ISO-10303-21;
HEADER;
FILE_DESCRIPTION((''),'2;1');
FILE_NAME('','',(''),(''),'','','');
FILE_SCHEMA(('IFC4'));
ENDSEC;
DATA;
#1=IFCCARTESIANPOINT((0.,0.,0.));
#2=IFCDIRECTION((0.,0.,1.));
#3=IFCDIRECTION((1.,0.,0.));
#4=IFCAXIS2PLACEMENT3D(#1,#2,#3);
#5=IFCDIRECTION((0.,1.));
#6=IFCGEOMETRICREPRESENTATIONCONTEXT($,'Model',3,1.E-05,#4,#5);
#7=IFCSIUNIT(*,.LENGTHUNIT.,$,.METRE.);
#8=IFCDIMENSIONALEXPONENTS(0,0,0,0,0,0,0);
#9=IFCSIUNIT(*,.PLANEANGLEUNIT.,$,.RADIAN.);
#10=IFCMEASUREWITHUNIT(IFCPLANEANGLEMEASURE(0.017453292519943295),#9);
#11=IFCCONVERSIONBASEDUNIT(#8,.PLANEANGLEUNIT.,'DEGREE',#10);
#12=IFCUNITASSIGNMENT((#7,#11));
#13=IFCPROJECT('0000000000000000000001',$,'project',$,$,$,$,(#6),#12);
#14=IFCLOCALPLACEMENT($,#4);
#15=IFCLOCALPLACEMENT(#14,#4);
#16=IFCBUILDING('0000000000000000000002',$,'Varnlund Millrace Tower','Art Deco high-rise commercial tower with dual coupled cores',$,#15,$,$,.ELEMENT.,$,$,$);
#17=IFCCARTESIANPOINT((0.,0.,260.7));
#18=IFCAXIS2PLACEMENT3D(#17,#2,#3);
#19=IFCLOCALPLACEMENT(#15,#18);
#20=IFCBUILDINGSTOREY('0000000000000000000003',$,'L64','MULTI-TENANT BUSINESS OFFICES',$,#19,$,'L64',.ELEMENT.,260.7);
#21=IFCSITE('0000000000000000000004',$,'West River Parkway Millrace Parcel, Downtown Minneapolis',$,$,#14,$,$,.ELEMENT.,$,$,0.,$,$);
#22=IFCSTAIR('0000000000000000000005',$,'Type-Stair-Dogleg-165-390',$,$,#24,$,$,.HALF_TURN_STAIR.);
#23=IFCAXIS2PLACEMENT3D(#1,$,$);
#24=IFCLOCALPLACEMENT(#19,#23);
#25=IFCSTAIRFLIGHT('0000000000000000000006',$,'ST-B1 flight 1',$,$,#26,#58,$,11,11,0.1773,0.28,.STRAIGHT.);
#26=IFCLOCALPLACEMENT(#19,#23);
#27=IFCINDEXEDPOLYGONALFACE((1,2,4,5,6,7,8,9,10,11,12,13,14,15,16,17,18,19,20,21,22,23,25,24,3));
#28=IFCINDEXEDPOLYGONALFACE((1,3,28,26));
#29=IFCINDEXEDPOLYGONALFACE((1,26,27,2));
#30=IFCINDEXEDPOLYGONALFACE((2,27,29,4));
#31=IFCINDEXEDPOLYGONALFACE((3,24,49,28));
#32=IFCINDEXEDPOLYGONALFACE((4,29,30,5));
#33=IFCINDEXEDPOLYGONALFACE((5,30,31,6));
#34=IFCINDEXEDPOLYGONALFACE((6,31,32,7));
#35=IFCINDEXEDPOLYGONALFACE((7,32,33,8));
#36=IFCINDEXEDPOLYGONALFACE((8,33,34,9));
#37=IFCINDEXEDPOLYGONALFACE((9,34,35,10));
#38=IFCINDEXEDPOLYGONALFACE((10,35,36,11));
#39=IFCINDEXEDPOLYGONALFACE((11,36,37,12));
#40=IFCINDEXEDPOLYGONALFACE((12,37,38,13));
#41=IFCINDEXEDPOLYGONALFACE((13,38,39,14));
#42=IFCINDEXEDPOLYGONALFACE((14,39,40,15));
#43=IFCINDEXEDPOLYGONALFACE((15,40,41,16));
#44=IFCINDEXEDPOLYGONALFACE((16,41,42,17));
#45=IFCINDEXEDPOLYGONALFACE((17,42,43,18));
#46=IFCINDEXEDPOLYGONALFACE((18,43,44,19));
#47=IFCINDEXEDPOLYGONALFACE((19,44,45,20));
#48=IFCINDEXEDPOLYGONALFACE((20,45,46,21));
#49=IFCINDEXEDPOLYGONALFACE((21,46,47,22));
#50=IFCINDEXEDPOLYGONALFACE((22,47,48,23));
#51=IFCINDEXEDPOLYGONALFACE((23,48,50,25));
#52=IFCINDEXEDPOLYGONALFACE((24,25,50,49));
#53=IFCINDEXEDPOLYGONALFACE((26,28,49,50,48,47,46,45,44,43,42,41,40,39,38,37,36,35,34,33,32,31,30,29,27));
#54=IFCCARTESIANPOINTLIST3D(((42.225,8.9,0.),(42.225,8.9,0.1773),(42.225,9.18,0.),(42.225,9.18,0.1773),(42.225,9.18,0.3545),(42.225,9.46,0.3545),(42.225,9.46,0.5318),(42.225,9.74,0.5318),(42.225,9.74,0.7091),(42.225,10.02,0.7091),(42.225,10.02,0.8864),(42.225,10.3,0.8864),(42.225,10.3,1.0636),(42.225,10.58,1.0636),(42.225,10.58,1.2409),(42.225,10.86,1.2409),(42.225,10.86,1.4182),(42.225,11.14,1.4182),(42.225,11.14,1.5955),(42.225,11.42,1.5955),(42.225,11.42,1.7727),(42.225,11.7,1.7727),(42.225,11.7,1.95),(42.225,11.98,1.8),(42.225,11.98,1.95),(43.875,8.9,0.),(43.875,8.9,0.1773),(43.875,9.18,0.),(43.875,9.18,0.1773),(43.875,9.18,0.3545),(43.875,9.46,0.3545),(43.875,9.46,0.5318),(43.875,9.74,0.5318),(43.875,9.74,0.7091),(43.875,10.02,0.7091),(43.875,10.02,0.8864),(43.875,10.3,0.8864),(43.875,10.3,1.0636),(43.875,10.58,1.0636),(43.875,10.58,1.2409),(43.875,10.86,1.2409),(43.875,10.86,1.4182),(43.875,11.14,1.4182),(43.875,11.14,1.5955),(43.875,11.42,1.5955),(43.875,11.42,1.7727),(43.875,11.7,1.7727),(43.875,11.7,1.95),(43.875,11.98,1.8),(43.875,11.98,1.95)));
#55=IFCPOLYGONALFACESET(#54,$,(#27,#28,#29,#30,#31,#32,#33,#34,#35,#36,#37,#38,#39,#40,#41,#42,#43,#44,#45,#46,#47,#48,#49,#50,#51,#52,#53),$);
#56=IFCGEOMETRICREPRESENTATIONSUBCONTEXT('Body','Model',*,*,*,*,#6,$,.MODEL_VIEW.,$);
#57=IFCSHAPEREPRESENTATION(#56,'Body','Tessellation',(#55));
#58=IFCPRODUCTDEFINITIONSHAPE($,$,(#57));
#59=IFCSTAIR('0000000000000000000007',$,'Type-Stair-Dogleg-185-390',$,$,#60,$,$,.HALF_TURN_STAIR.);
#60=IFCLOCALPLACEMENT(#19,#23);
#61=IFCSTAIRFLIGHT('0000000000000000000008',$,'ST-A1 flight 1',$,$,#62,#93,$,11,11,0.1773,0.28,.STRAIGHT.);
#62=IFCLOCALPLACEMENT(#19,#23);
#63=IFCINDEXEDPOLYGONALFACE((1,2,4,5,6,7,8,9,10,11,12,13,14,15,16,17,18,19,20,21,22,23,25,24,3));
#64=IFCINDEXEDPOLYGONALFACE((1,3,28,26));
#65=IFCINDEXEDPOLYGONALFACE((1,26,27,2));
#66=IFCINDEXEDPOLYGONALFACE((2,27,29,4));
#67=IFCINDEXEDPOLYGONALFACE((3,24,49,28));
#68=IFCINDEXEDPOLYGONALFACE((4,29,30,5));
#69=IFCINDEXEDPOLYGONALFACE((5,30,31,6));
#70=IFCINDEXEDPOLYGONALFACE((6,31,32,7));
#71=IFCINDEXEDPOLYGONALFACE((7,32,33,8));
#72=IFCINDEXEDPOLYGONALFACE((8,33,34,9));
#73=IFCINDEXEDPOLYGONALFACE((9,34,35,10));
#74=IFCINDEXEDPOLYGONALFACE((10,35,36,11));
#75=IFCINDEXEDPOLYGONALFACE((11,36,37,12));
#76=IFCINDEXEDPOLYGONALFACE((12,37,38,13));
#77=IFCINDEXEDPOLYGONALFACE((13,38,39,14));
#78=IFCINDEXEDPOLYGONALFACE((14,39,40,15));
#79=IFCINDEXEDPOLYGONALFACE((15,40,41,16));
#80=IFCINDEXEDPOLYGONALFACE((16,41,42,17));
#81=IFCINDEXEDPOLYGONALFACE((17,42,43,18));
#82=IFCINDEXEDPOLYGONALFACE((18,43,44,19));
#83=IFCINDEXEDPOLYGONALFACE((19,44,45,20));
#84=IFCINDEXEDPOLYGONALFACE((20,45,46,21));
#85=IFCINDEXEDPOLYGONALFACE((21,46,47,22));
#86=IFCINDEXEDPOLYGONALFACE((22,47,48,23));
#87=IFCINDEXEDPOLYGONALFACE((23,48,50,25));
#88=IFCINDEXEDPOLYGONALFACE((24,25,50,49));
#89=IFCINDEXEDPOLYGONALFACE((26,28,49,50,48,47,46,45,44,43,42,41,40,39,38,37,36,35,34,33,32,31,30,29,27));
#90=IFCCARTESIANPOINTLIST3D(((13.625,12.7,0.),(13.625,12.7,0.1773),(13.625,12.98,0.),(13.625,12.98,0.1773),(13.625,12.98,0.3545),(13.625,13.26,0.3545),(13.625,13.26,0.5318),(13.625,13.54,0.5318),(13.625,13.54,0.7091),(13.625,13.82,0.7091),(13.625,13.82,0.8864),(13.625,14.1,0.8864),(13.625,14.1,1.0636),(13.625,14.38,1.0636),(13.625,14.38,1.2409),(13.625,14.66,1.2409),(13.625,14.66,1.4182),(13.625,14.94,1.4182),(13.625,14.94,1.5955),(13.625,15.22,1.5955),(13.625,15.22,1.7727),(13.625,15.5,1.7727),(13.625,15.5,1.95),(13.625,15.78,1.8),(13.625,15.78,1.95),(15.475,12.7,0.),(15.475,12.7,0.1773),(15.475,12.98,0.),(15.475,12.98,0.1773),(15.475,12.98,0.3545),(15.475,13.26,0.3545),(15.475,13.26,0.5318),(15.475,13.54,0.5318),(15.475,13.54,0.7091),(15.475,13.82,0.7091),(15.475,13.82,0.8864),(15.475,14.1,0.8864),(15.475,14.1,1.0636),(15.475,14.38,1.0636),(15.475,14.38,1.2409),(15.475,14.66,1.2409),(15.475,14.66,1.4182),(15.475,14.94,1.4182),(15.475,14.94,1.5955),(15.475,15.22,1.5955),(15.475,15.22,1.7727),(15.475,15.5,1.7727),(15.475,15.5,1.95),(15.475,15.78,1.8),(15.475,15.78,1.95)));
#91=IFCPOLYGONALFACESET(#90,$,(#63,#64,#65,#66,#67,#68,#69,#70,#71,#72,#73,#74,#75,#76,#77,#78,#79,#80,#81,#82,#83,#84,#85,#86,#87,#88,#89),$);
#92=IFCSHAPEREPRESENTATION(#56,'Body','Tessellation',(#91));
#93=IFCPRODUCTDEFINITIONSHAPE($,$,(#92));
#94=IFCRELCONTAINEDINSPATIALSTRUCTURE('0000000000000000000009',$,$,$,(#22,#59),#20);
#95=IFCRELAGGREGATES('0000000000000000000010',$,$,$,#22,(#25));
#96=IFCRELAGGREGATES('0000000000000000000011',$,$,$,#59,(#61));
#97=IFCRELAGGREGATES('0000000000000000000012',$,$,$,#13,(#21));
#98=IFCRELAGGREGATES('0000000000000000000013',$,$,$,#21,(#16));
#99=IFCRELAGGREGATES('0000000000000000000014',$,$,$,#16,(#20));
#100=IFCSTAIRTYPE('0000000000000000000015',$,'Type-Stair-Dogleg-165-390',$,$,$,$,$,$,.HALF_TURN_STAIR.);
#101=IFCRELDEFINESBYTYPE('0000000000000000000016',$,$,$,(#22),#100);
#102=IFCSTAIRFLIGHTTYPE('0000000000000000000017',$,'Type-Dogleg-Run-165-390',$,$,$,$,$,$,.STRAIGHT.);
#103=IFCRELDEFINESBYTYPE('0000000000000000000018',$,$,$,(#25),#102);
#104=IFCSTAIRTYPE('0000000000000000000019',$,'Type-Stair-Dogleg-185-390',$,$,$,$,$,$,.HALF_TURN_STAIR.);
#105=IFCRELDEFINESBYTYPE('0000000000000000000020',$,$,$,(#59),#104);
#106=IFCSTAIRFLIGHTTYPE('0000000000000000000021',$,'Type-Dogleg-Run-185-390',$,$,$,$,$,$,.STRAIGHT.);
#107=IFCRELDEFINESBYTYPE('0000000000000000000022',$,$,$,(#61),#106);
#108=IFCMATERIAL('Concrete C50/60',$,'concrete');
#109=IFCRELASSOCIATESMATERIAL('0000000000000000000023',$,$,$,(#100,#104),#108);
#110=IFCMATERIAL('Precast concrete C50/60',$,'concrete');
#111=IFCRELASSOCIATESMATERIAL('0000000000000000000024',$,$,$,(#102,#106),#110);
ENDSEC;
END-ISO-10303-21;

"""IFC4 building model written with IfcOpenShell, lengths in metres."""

from ifc_helpers import new_model, entity, si_unit, converted_unit, direction, frame, origin_with_axes, place, context, subcontext, project, spatial, polyline, outline, extrude, material, type_object, element, aggregate, save


model = new_model("IFC4")

# Units and contexts
model_context = context("Model", 3, precision=1e-05, world=origin_with_axes(), true_north=direction((0.0, 1.0)))
body_context = subcontext(model_context, "Body", "Model", "MODEL_VIEW")
ifc_project = project(units=[si_unit("LENGTHUNIT", "METRE"), converted_unit("PLANEANGLEUNIT", "DEGREE", entity("IfcPlaneAngleMeasure", 0.017453292519943295), si_unit("PLANEANGLEUNIT", "RADIAN"), dimensions=[0, 0, 0, 0, 0, 0, 0])], contexts=[model_context])

# Site, building, storey
site_placement = place(None, origin_with_axes())
site = spatial("IfcSite", under=ifc_project, at=site_placement, Name="West River Parkway Millrace Parcel, Downtown Minneapolis", CompositionType="ELEMENT", RefElevation=0.0)
building_placement = place(site_placement, origin_with_axes())
building = spatial("IfcBuilding", under=site, at=building_placement, Name="Varnlund Millrace Tower", Description="Art Deco high-rise commercial tower with dual coupled cores", CompositionType="ELEMENT")
storey_placement = place(building_placement, frame((0.0, 0.0, 260.7), z_axis=(0.0, 0.0, 1.0), x_axis=(1.0, 0.0, 0.0)))
storey = spatial("IfcBuildingStorey", under=building, at=storey_placement, Name="L64", Description="MULTI-TENANT BUSINESS OFFICES", LongName="L64", CompositionType="ELEMENT", Elevation=260.7)

# Stairs, stair flights
ifc_material_1 = material(Name="Concrete C50/60", Category="concrete")
stair_type_1 = type_object("IfcStairType", Name="Type-Stair-Dogleg-165-390", PredefinedType="HALF_TURN_STAIR", material=ifc_material_1)
stair_1_placement = place(storey_placement, origin_with_axes())
stair_1 = element("IfcStair", 1, at=stair_1_placement, inside=storey, type_object=stair_type_1, Name="Type-Stair-Dogleg-165-390", PredefinedType="HALF_TURN_STAIR")
ifc_material_2 = material(Name="Precast concrete C50/60", Category="concrete")
stair_flight_type_1 = type_object("IfcStairFlightType", Name="Type-Dogleg-Run-165-390", PredefinedType="STRAIGHT", material=ifc_material_2)
stair_flight_1_placement = place(storey_placement, frame((42.225, 8.9, 0.0), z_axis=(1.0, 0.0, 0.0), x_axis=(0.0, 1.0, 0.0)))
stair_flight_1 = element("IfcStairFlight", 2, at=stair_flight_1_placement, type_object=stair_flight_type_1, Name="ST-B1 flight 1", NumberOfRisers=11, NumberOfTreads=11, PredefinedType="STRAIGHT", RiserHeight=0.1773, TreadLength=0.28, context=body_context, shape_type="SweptSolid", body=[
    extrude(outline(polyline([(0.0, 0.0), (0.0, 0.1773), (0.28, 0.1773), (0.28, 0.3545), (0.56, 0.3545), (0.56, 0.5318), (0.84, 0.5318), (0.84, 0.7091), (1.12, 0.7091), (1.12, 0.8864), (1.4, 0.8864), (1.4, 1.0636), (1.68, 1.0636), (1.68, 1.2409), (1.96, 1.2409), (1.96, 1.4182), (2.24, 1.4182), (2.24, 1.5955), (2.52, 1.5955), (2.52, 1.7727), (2.8, 1.7727), (2.8, 1.95), (3.08, 1.95), (3.08, 1.8), (0.28, 0.0), (0.0, 0.0)])), origin_with_axes(), (0.0, 0.0, 1.0), 1.65),
])
aggregate(stair_1, [stair_flight_1])
stair_type_2 = type_object("IfcStairType", Name="Type-Stair-Dogleg-185-390", PredefinedType="HALF_TURN_STAIR", material=ifc_material_1)
stair_2_placement = place(storey_placement, origin_with_axes())
stair_2 = element("IfcStair", 3, at=stair_2_placement, inside=storey, type_object=stair_type_2, Name="Type-Stair-Dogleg-185-390", PredefinedType="HALF_TURN_STAIR")
stair_flight_type_2 = type_object("IfcStairFlightType", Name="Type-Dogleg-Run-185-390", PredefinedType="STRAIGHT", material=ifc_material_2)
stair_flight_2_placement = place(storey_placement, frame((13.625, 12.7, 0.0), z_axis=(1.0, 0.0, 0.0), x_axis=(0.0, 1.0, 0.0)))
stair_flight_2 = element("IfcStairFlight", 4, at=stair_flight_2_placement, type_object=stair_flight_type_2, Name="ST-A1 flight 1", NumberOfRisers=11, NumberOfTreads=11, PredefinedType="STRAIGHT", RiserHeight=0.1773, TreadLength=0.28, context=body_context, shape_type="SweptSolid", body=[
    extrude(outline(polyline([(0.0, 0.0), (0.0, 0.1773), (0.28, 0.1773), (0.28, 0.3545), (0.56, 0.3545), (0.56, 0.5318), (0.84, 0.5318), (0.84, 0.7091), (1.12, 0.7091), (1.12, 0.8864), (1.4, 0.8864), (1.4, 1.0636), (1.68, 1.0636), (1.68, 1.2409), (1.96, 1.2409), (1.96, 1.4182), (2.24, 1.4182), (2.24, 1.5955), (2.52, 1.5955), (2.52, 1.7727), (2.8, 1.7727), (2.8, 1.95), (3.08, 1.95), (3.08, 1.8), (0.28, 0.0), (0.0, 0.0)])), origin_with_axes(), (0.0, 0.0, 1.0), 1.85),
])
aggregate(stair_2, [stair_flight_2])

save(model, "model.ifc")
